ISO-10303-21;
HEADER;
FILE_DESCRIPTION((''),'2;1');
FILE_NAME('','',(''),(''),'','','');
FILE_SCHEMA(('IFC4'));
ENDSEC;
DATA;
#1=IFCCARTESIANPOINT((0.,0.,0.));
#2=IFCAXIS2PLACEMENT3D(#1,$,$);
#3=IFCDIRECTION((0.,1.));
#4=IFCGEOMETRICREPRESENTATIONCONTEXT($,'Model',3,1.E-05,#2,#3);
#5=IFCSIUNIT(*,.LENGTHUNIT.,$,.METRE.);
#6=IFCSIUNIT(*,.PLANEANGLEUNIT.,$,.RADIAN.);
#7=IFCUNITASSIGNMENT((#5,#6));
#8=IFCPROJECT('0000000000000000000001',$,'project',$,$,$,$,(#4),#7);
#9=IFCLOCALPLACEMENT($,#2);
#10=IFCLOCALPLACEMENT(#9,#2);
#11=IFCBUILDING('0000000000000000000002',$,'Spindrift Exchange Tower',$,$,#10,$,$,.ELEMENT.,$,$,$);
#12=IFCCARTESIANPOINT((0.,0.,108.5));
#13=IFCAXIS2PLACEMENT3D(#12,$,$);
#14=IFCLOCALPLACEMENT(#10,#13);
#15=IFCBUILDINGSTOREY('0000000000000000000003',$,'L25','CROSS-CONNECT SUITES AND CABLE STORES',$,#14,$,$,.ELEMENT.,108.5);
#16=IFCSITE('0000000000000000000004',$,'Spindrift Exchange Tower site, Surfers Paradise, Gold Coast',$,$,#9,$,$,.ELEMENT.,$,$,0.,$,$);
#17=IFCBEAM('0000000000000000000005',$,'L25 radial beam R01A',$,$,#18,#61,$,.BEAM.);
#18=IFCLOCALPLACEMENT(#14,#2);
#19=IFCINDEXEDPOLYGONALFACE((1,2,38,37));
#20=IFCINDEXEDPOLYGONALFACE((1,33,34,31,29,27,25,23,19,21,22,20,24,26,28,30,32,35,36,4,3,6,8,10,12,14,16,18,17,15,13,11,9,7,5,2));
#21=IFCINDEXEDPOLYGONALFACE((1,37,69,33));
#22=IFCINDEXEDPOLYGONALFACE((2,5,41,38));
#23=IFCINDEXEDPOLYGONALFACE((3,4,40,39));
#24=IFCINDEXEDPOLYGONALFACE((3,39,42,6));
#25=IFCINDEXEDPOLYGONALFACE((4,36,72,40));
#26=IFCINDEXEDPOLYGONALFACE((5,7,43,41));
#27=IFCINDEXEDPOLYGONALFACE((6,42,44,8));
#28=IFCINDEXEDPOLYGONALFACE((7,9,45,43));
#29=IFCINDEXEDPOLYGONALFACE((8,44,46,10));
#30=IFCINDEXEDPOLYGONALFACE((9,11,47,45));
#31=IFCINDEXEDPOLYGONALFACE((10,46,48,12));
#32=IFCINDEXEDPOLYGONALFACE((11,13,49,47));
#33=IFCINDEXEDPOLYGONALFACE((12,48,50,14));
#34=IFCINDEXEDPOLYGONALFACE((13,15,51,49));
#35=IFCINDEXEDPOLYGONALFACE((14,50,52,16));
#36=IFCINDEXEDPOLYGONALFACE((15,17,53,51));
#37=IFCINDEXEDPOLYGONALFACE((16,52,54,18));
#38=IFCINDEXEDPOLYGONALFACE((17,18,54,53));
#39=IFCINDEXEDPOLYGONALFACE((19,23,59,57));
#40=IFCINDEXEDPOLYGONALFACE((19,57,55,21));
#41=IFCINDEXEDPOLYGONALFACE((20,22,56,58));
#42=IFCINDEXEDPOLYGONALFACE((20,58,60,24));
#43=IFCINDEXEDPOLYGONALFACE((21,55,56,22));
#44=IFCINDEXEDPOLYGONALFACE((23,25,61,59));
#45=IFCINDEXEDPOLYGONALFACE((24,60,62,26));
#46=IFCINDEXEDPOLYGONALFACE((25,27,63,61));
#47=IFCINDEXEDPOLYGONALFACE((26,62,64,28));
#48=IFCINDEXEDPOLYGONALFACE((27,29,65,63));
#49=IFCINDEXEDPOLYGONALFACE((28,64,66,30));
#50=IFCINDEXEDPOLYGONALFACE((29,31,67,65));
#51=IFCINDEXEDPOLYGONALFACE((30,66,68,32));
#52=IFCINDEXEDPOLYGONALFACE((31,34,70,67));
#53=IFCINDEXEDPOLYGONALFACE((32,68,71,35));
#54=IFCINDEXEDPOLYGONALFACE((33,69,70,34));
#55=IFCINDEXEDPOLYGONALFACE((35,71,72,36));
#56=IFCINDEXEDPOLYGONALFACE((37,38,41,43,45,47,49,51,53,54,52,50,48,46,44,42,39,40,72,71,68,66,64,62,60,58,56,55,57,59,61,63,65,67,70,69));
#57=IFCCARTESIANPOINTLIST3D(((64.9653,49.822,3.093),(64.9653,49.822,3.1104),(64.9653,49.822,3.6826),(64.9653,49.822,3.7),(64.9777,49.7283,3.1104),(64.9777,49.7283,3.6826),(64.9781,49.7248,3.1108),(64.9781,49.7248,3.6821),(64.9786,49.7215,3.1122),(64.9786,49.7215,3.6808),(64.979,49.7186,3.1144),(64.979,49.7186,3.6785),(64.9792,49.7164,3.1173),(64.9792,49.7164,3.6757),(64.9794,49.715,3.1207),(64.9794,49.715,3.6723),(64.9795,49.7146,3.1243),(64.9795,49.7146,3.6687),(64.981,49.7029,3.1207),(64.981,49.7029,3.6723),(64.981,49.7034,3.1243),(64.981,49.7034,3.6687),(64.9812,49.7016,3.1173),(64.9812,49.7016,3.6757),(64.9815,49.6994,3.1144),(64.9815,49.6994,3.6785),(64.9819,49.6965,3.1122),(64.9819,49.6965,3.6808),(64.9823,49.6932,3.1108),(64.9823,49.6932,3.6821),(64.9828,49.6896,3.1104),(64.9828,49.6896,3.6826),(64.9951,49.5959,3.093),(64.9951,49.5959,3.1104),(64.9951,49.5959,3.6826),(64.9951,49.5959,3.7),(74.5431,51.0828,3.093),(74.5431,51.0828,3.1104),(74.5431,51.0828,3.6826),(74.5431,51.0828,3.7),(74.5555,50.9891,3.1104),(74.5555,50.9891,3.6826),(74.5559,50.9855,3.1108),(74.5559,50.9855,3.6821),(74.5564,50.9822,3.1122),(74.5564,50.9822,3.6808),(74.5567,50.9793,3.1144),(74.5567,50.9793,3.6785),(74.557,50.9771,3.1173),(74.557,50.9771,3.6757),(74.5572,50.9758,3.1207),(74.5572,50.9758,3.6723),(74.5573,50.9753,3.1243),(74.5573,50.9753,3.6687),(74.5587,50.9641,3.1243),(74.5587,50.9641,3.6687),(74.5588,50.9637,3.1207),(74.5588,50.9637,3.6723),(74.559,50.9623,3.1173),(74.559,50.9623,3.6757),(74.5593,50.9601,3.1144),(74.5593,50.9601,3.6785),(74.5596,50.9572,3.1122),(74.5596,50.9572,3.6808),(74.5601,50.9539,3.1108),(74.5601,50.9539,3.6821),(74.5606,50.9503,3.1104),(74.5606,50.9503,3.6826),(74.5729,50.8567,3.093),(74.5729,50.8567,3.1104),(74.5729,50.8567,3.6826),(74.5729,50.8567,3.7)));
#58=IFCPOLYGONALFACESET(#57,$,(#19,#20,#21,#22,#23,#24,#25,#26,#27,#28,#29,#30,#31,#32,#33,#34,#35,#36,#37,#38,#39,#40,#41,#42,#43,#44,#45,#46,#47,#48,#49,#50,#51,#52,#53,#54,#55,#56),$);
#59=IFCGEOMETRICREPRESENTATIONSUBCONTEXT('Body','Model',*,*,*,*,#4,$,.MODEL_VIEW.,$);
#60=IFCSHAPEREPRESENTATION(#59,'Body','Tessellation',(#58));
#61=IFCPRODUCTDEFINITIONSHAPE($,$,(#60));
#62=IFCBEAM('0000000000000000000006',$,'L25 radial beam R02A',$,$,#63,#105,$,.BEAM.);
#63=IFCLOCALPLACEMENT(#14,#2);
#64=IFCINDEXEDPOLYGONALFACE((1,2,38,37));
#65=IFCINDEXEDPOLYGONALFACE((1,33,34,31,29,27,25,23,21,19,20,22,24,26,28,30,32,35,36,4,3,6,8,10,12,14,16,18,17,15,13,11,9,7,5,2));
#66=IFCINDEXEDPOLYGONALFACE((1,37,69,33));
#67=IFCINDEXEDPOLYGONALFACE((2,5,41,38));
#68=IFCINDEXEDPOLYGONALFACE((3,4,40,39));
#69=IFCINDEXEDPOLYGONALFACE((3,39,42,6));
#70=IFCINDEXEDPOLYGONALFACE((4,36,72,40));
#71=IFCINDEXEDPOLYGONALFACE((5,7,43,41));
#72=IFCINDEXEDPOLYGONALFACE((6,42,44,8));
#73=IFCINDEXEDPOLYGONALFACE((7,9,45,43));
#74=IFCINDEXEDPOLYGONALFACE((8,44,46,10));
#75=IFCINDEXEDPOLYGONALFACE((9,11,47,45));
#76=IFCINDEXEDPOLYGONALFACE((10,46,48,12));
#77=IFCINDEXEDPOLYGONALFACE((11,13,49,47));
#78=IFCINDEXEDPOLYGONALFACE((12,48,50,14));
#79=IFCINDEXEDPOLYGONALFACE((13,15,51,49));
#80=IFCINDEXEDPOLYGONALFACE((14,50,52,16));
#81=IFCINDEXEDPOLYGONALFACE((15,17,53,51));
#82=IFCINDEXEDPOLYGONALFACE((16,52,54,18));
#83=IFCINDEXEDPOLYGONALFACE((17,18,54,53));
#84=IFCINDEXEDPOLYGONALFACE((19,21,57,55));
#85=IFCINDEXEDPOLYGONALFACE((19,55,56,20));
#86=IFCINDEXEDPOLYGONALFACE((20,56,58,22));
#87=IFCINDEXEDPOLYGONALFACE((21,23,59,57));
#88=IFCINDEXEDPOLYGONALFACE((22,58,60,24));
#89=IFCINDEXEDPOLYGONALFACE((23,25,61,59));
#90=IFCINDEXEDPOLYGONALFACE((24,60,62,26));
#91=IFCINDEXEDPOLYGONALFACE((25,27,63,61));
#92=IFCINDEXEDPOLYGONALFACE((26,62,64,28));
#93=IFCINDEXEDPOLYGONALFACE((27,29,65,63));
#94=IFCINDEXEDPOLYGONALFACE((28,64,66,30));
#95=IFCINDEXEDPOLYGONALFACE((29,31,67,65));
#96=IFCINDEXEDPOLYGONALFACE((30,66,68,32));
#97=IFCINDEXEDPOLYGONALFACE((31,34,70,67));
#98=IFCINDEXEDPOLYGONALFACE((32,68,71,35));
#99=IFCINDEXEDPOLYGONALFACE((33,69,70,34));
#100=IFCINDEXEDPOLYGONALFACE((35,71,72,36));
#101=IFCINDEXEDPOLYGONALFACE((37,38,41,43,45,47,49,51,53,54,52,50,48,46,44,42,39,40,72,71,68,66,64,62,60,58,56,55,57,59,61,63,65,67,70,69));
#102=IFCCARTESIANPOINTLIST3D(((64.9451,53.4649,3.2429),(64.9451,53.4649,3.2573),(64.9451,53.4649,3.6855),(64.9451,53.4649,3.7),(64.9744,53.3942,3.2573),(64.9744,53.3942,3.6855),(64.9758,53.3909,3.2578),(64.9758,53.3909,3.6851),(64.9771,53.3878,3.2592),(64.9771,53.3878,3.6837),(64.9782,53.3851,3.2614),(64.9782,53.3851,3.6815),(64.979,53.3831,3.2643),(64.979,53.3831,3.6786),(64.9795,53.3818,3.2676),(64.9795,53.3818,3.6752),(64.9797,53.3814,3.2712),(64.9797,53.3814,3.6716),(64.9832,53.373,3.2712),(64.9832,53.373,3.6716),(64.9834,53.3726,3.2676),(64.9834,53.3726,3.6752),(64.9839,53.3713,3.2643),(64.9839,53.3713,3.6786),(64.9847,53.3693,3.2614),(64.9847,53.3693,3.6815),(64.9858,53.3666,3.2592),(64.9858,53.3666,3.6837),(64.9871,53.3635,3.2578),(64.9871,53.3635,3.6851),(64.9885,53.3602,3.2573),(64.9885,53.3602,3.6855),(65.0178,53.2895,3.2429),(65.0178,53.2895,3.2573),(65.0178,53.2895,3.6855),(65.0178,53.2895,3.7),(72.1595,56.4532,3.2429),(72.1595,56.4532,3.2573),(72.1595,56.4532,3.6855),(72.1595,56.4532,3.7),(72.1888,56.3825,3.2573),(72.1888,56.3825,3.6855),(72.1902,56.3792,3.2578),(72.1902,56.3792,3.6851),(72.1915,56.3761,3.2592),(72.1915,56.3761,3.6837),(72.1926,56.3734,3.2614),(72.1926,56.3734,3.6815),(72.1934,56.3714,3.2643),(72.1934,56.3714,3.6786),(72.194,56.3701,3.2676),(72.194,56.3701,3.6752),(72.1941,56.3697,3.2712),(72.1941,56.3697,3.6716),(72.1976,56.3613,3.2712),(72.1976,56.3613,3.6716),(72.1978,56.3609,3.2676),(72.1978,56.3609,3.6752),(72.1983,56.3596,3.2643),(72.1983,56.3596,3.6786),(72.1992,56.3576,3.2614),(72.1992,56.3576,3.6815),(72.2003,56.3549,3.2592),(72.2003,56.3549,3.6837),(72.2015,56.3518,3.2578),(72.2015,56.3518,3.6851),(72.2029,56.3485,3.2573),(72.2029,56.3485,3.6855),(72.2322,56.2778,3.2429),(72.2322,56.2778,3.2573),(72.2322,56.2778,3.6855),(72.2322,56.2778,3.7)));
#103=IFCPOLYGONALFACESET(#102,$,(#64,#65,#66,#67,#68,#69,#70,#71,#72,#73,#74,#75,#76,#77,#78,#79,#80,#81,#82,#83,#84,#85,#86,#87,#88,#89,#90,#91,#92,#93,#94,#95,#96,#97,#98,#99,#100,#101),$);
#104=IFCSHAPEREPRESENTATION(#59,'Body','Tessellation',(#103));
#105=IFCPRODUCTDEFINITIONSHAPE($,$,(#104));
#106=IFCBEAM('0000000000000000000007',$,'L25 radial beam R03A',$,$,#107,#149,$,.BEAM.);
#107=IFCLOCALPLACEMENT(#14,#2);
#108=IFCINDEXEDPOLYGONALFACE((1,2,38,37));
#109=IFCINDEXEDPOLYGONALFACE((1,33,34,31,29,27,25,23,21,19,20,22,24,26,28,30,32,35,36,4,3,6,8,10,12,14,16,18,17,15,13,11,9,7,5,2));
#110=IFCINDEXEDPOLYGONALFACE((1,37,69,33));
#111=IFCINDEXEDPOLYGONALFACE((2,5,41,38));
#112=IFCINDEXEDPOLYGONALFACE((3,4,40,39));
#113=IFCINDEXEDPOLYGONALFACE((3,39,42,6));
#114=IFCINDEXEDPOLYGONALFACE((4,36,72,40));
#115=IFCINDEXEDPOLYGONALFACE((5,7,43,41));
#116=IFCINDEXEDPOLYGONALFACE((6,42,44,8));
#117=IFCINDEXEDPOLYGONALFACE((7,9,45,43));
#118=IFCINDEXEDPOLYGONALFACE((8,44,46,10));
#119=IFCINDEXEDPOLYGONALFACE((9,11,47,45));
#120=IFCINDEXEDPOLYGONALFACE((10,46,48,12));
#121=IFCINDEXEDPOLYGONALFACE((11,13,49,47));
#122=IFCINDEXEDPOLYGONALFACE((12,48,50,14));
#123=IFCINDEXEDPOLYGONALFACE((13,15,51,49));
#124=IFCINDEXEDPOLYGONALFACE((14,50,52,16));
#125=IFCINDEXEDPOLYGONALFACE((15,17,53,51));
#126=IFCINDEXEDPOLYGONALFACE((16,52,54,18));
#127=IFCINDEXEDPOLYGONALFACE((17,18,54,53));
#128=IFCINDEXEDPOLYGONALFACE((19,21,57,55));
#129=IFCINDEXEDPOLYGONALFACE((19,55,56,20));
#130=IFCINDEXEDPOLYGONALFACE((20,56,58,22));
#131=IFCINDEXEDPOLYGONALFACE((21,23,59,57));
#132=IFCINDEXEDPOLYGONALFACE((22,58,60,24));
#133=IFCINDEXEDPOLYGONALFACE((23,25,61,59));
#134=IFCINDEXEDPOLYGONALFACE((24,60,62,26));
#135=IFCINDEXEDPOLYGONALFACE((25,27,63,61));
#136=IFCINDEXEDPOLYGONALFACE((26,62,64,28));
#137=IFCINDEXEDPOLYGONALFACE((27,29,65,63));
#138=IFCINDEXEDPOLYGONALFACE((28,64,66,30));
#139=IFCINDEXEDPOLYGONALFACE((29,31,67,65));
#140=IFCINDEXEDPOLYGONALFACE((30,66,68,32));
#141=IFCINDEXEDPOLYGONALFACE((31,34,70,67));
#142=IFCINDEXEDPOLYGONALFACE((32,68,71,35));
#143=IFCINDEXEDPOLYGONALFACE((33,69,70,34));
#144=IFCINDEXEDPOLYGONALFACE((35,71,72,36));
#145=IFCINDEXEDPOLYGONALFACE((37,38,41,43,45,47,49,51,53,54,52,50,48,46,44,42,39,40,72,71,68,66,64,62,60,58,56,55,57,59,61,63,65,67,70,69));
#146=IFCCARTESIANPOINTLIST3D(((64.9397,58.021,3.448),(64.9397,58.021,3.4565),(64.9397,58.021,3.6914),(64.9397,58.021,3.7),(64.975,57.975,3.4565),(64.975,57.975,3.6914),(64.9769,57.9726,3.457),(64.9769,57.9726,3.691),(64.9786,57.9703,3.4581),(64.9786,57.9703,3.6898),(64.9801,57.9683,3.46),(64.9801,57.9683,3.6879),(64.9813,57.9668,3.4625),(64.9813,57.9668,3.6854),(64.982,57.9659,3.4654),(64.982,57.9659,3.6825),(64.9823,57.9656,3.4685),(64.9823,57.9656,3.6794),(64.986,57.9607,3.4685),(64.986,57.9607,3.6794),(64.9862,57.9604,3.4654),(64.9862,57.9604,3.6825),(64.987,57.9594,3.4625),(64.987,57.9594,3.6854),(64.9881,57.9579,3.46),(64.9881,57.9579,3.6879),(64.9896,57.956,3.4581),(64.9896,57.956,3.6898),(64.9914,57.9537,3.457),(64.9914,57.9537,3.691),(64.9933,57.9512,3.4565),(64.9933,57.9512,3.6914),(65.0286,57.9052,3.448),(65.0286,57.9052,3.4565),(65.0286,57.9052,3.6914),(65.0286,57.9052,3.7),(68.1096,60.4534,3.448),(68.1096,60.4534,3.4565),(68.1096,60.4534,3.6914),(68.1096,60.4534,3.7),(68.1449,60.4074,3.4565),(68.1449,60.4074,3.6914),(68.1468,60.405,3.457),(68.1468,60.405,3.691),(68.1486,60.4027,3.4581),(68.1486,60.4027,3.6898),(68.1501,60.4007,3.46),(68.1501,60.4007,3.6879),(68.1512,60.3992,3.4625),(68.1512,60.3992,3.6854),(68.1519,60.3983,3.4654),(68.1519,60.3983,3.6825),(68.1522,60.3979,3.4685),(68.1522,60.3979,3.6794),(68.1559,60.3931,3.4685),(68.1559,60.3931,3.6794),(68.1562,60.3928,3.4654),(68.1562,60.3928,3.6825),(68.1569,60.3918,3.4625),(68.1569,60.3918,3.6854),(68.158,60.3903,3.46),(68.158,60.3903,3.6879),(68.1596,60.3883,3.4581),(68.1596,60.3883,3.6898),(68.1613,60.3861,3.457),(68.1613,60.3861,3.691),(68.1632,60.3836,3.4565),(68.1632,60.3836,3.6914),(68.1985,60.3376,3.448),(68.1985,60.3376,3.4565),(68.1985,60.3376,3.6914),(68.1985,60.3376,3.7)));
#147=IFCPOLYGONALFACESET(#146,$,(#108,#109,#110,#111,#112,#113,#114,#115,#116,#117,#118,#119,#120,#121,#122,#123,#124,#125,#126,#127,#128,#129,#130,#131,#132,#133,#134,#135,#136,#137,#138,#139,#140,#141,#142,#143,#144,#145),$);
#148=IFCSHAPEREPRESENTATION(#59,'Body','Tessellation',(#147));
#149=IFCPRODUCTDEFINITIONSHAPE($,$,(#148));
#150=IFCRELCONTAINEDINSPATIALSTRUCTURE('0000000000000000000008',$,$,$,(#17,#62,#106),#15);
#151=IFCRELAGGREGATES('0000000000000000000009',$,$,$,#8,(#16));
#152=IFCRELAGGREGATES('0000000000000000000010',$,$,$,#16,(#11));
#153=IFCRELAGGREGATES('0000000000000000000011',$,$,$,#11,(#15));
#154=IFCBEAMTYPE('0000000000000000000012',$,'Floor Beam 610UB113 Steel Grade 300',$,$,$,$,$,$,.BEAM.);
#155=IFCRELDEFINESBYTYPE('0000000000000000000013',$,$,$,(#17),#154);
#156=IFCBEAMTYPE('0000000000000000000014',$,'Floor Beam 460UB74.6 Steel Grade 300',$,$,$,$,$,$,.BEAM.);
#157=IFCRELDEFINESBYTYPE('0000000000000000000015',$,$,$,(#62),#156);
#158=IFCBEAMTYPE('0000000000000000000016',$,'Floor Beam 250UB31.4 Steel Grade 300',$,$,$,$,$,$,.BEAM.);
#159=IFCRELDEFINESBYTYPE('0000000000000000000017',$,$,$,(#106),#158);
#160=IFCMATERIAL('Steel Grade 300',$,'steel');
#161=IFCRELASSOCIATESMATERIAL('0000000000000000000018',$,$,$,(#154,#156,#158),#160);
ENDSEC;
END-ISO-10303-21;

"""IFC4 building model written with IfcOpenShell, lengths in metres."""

from ifc_helpers import new_model, si_unit, direction, frame, origin, origin_2d, place, context, subcontext, project, spatial, i_section, extrude, source, transform, mapped, material, material_profile, profile_set, type_object, element, save


model = new_model("IFC4")

# Units and contexts
model_context = context("Model", 3, precision=1e-05, world=origin(), true_north=direction((0.0, 1.0)))
body_context = subcontext(model_context, "Body", "Model", "MODEL_VIEW")
ifc_project = project(units=[si_unit("LENGTHUNIT", "METRE"), si_unit("PLANEANGLEUNIT", "RADIAN")], contexts=[model_context])

# Site, building, storey
site_placement = place(None, origin())
site = spatial("IfcSite", under=ifc_project, at=site_placement, Name="Spindrift Exchange Tower site, Surfers Paradise, Gold Coast", CompositionType="ELEMENT", RefElevation=0.0)
building_placement = place(site_placement, origin())
building = spatial("IfcBuilding", under=site, at=building_placement, Name="Spindrift Exchange Tower", CompositionType="ELEMENT")
storey_placement = place(building_placement, frame((0.0, 0.0, 108.5)))
storey = spatial("IfcBuildingStorey", under=building, at=storey_placement, Name="L25", Description="CROSS-CONNECT SUITES AND CABLE STORES", CompositionType="ELEMENT", Elevation=108.5)

# Beams
ifc_material_1 = material(Name="Steel Grade 300", Category="steel")
ifc_material_profile_1 = material_profile(ifc_material_1, i_section(OverallWidth=0.228, OverallDepth=0.6069, WebThickness=0.0112, FlangeThickness=0.0173, FilletRadius=0.0139, at=origin_2d()), Name="610UB113")
ifc_profile_set_1 = profile_set([ifc_material_profile_1], Name="Steel Grade 300")
beam_type_1 = type_object("IfcBeamType", Name="Floor Beam 610UB113 Steel Grade 300", PredefinedType="BEAM", material=ifc_profile_set_1)
shared_shape_1 = source(origin(), body_context, "Body", "SweptSolid", [
    extrude(i_section(OverallWidth=0.228, OverallDepth=0.6069, WebThickness=0.0112, FlangeThickness=0.0173, FilletRadius=0.0139, at=origin_2d()), origin(), (0.0, 0.0, 1.0), 9.6604),
])
beam_1_placement = place(storey_placement, frame((64.9802, 49.709, 3.3965), z_axis=(0.991448, 0.130505, 0.0), x_axis=(-0.130505, 0.991448, 0.0)))
element("IfcBeam", 1, at=beam_1_placement, inside=storey, type_object=beam_type_1, Name="L25 radial beam R01A", PredefinedType="BEAM", context=body_context, shape_type="MappedRepresentation", body=[
    mapped(shared_shape_1, transform((0.0, 0.0, 0.0), scale=1.0)),
])
ifc_material_profile_2 = material_profile(ifc_material_1, i_section(OverallWidth=0.1899, OverallDepth=0.457, WebThickness=0.009, FlangeThickness=0.0144, FilletRadius=0.0139, at=origin_2d()), Name="460UB74.6")
ifc_profile_set_2 = profile_set([ifc_material_profile_2], Name="Steel Grade 300")
beam_type_2 = type_object("IfcBeamType", Name="Floor Beam 460UB74.6 Steel Grade 300", PredefinedType="BEAM", material=ifc_profile_set_2)
shared_shape_2 = source(origin(), body_context, "Body", "SweptSolid", [
    extrude(i_section(OverallWidth=0.1899, OverallDepth=0.457, WebThickness=0.009, FlangeThickness=0.0144, FilletRadius=0.0139, at=origin_2d()), origin(), (0.0, 0.0, 1.0), 7.8088),
])
beam_2_placement = place(storey_placement, frame((64.9814, 53.3772, 3.4714), z_axis=(0.92388, 0.382683, 0.0), x_axis=(-0.382683, 0.92388, 0.0)))
element("IfcBeam", 2, at=beam_2_placement, inside=storey, type_object=beam_type_2, Name="L25 radial beam R02A", PredefinedType="BEAM", context=body_context, shape_type="MappedRepresentation", body=[
    mapped(shared_shape_2, transform((0.0, 0.0, 0.0), scale=1.0)),
])
ifc_material_profile_3 = material_profile(ifc_material_1, i_section(OverallWidth=0.146, OverallDepth=0.252, WebThickness=0.0061, FlangeThickness=0.0085, FilletRadius=0.012, at=origin_2d()), Name="250UB31.4")
ifc_profile_set_3 = profile_set([ifc_material_profile_3], Name="Steel Grade 300")
beam_type_3 = type_object("IfcBeamType", Name="Floor Beam 250UB31.4 Steel Grade 300", PredefinedType="BEAM", material=ifc_profile_set_3)
shared_shape_3 = source(origin(), body_context, "Body", "SweptSolid", [
    extrude(i_section(OverallWidth=0.146, OverallDepth=0.252, WebThickness=0.0061, FlangeThickness=0.0085, FilletRadius=0.012, at=origin_2d()), origin(), (0.0, 0.0, 1.0), 3.9956),
])
beam_3_placement = place(storey_placement, frame((64.9841, 57.9631, 3.574), z_axis=(0.793353, 0.608762, 0.0), x_axis=(-0.608762, 0.793353, 0.0)))
element("IfcBeam", 3, at=beam_3_placement, inside=storey, type_object=beam_type_3, Name="L25 radial beam R03A", PredefinedType="BEAM", context=body_context, shape_type="MappedRepresentation", body=[
    mapped(shared_shape_3, transform((0.0, 0.0, 0.0), scale=1.0)),
])

save(model, "model.ifc")
